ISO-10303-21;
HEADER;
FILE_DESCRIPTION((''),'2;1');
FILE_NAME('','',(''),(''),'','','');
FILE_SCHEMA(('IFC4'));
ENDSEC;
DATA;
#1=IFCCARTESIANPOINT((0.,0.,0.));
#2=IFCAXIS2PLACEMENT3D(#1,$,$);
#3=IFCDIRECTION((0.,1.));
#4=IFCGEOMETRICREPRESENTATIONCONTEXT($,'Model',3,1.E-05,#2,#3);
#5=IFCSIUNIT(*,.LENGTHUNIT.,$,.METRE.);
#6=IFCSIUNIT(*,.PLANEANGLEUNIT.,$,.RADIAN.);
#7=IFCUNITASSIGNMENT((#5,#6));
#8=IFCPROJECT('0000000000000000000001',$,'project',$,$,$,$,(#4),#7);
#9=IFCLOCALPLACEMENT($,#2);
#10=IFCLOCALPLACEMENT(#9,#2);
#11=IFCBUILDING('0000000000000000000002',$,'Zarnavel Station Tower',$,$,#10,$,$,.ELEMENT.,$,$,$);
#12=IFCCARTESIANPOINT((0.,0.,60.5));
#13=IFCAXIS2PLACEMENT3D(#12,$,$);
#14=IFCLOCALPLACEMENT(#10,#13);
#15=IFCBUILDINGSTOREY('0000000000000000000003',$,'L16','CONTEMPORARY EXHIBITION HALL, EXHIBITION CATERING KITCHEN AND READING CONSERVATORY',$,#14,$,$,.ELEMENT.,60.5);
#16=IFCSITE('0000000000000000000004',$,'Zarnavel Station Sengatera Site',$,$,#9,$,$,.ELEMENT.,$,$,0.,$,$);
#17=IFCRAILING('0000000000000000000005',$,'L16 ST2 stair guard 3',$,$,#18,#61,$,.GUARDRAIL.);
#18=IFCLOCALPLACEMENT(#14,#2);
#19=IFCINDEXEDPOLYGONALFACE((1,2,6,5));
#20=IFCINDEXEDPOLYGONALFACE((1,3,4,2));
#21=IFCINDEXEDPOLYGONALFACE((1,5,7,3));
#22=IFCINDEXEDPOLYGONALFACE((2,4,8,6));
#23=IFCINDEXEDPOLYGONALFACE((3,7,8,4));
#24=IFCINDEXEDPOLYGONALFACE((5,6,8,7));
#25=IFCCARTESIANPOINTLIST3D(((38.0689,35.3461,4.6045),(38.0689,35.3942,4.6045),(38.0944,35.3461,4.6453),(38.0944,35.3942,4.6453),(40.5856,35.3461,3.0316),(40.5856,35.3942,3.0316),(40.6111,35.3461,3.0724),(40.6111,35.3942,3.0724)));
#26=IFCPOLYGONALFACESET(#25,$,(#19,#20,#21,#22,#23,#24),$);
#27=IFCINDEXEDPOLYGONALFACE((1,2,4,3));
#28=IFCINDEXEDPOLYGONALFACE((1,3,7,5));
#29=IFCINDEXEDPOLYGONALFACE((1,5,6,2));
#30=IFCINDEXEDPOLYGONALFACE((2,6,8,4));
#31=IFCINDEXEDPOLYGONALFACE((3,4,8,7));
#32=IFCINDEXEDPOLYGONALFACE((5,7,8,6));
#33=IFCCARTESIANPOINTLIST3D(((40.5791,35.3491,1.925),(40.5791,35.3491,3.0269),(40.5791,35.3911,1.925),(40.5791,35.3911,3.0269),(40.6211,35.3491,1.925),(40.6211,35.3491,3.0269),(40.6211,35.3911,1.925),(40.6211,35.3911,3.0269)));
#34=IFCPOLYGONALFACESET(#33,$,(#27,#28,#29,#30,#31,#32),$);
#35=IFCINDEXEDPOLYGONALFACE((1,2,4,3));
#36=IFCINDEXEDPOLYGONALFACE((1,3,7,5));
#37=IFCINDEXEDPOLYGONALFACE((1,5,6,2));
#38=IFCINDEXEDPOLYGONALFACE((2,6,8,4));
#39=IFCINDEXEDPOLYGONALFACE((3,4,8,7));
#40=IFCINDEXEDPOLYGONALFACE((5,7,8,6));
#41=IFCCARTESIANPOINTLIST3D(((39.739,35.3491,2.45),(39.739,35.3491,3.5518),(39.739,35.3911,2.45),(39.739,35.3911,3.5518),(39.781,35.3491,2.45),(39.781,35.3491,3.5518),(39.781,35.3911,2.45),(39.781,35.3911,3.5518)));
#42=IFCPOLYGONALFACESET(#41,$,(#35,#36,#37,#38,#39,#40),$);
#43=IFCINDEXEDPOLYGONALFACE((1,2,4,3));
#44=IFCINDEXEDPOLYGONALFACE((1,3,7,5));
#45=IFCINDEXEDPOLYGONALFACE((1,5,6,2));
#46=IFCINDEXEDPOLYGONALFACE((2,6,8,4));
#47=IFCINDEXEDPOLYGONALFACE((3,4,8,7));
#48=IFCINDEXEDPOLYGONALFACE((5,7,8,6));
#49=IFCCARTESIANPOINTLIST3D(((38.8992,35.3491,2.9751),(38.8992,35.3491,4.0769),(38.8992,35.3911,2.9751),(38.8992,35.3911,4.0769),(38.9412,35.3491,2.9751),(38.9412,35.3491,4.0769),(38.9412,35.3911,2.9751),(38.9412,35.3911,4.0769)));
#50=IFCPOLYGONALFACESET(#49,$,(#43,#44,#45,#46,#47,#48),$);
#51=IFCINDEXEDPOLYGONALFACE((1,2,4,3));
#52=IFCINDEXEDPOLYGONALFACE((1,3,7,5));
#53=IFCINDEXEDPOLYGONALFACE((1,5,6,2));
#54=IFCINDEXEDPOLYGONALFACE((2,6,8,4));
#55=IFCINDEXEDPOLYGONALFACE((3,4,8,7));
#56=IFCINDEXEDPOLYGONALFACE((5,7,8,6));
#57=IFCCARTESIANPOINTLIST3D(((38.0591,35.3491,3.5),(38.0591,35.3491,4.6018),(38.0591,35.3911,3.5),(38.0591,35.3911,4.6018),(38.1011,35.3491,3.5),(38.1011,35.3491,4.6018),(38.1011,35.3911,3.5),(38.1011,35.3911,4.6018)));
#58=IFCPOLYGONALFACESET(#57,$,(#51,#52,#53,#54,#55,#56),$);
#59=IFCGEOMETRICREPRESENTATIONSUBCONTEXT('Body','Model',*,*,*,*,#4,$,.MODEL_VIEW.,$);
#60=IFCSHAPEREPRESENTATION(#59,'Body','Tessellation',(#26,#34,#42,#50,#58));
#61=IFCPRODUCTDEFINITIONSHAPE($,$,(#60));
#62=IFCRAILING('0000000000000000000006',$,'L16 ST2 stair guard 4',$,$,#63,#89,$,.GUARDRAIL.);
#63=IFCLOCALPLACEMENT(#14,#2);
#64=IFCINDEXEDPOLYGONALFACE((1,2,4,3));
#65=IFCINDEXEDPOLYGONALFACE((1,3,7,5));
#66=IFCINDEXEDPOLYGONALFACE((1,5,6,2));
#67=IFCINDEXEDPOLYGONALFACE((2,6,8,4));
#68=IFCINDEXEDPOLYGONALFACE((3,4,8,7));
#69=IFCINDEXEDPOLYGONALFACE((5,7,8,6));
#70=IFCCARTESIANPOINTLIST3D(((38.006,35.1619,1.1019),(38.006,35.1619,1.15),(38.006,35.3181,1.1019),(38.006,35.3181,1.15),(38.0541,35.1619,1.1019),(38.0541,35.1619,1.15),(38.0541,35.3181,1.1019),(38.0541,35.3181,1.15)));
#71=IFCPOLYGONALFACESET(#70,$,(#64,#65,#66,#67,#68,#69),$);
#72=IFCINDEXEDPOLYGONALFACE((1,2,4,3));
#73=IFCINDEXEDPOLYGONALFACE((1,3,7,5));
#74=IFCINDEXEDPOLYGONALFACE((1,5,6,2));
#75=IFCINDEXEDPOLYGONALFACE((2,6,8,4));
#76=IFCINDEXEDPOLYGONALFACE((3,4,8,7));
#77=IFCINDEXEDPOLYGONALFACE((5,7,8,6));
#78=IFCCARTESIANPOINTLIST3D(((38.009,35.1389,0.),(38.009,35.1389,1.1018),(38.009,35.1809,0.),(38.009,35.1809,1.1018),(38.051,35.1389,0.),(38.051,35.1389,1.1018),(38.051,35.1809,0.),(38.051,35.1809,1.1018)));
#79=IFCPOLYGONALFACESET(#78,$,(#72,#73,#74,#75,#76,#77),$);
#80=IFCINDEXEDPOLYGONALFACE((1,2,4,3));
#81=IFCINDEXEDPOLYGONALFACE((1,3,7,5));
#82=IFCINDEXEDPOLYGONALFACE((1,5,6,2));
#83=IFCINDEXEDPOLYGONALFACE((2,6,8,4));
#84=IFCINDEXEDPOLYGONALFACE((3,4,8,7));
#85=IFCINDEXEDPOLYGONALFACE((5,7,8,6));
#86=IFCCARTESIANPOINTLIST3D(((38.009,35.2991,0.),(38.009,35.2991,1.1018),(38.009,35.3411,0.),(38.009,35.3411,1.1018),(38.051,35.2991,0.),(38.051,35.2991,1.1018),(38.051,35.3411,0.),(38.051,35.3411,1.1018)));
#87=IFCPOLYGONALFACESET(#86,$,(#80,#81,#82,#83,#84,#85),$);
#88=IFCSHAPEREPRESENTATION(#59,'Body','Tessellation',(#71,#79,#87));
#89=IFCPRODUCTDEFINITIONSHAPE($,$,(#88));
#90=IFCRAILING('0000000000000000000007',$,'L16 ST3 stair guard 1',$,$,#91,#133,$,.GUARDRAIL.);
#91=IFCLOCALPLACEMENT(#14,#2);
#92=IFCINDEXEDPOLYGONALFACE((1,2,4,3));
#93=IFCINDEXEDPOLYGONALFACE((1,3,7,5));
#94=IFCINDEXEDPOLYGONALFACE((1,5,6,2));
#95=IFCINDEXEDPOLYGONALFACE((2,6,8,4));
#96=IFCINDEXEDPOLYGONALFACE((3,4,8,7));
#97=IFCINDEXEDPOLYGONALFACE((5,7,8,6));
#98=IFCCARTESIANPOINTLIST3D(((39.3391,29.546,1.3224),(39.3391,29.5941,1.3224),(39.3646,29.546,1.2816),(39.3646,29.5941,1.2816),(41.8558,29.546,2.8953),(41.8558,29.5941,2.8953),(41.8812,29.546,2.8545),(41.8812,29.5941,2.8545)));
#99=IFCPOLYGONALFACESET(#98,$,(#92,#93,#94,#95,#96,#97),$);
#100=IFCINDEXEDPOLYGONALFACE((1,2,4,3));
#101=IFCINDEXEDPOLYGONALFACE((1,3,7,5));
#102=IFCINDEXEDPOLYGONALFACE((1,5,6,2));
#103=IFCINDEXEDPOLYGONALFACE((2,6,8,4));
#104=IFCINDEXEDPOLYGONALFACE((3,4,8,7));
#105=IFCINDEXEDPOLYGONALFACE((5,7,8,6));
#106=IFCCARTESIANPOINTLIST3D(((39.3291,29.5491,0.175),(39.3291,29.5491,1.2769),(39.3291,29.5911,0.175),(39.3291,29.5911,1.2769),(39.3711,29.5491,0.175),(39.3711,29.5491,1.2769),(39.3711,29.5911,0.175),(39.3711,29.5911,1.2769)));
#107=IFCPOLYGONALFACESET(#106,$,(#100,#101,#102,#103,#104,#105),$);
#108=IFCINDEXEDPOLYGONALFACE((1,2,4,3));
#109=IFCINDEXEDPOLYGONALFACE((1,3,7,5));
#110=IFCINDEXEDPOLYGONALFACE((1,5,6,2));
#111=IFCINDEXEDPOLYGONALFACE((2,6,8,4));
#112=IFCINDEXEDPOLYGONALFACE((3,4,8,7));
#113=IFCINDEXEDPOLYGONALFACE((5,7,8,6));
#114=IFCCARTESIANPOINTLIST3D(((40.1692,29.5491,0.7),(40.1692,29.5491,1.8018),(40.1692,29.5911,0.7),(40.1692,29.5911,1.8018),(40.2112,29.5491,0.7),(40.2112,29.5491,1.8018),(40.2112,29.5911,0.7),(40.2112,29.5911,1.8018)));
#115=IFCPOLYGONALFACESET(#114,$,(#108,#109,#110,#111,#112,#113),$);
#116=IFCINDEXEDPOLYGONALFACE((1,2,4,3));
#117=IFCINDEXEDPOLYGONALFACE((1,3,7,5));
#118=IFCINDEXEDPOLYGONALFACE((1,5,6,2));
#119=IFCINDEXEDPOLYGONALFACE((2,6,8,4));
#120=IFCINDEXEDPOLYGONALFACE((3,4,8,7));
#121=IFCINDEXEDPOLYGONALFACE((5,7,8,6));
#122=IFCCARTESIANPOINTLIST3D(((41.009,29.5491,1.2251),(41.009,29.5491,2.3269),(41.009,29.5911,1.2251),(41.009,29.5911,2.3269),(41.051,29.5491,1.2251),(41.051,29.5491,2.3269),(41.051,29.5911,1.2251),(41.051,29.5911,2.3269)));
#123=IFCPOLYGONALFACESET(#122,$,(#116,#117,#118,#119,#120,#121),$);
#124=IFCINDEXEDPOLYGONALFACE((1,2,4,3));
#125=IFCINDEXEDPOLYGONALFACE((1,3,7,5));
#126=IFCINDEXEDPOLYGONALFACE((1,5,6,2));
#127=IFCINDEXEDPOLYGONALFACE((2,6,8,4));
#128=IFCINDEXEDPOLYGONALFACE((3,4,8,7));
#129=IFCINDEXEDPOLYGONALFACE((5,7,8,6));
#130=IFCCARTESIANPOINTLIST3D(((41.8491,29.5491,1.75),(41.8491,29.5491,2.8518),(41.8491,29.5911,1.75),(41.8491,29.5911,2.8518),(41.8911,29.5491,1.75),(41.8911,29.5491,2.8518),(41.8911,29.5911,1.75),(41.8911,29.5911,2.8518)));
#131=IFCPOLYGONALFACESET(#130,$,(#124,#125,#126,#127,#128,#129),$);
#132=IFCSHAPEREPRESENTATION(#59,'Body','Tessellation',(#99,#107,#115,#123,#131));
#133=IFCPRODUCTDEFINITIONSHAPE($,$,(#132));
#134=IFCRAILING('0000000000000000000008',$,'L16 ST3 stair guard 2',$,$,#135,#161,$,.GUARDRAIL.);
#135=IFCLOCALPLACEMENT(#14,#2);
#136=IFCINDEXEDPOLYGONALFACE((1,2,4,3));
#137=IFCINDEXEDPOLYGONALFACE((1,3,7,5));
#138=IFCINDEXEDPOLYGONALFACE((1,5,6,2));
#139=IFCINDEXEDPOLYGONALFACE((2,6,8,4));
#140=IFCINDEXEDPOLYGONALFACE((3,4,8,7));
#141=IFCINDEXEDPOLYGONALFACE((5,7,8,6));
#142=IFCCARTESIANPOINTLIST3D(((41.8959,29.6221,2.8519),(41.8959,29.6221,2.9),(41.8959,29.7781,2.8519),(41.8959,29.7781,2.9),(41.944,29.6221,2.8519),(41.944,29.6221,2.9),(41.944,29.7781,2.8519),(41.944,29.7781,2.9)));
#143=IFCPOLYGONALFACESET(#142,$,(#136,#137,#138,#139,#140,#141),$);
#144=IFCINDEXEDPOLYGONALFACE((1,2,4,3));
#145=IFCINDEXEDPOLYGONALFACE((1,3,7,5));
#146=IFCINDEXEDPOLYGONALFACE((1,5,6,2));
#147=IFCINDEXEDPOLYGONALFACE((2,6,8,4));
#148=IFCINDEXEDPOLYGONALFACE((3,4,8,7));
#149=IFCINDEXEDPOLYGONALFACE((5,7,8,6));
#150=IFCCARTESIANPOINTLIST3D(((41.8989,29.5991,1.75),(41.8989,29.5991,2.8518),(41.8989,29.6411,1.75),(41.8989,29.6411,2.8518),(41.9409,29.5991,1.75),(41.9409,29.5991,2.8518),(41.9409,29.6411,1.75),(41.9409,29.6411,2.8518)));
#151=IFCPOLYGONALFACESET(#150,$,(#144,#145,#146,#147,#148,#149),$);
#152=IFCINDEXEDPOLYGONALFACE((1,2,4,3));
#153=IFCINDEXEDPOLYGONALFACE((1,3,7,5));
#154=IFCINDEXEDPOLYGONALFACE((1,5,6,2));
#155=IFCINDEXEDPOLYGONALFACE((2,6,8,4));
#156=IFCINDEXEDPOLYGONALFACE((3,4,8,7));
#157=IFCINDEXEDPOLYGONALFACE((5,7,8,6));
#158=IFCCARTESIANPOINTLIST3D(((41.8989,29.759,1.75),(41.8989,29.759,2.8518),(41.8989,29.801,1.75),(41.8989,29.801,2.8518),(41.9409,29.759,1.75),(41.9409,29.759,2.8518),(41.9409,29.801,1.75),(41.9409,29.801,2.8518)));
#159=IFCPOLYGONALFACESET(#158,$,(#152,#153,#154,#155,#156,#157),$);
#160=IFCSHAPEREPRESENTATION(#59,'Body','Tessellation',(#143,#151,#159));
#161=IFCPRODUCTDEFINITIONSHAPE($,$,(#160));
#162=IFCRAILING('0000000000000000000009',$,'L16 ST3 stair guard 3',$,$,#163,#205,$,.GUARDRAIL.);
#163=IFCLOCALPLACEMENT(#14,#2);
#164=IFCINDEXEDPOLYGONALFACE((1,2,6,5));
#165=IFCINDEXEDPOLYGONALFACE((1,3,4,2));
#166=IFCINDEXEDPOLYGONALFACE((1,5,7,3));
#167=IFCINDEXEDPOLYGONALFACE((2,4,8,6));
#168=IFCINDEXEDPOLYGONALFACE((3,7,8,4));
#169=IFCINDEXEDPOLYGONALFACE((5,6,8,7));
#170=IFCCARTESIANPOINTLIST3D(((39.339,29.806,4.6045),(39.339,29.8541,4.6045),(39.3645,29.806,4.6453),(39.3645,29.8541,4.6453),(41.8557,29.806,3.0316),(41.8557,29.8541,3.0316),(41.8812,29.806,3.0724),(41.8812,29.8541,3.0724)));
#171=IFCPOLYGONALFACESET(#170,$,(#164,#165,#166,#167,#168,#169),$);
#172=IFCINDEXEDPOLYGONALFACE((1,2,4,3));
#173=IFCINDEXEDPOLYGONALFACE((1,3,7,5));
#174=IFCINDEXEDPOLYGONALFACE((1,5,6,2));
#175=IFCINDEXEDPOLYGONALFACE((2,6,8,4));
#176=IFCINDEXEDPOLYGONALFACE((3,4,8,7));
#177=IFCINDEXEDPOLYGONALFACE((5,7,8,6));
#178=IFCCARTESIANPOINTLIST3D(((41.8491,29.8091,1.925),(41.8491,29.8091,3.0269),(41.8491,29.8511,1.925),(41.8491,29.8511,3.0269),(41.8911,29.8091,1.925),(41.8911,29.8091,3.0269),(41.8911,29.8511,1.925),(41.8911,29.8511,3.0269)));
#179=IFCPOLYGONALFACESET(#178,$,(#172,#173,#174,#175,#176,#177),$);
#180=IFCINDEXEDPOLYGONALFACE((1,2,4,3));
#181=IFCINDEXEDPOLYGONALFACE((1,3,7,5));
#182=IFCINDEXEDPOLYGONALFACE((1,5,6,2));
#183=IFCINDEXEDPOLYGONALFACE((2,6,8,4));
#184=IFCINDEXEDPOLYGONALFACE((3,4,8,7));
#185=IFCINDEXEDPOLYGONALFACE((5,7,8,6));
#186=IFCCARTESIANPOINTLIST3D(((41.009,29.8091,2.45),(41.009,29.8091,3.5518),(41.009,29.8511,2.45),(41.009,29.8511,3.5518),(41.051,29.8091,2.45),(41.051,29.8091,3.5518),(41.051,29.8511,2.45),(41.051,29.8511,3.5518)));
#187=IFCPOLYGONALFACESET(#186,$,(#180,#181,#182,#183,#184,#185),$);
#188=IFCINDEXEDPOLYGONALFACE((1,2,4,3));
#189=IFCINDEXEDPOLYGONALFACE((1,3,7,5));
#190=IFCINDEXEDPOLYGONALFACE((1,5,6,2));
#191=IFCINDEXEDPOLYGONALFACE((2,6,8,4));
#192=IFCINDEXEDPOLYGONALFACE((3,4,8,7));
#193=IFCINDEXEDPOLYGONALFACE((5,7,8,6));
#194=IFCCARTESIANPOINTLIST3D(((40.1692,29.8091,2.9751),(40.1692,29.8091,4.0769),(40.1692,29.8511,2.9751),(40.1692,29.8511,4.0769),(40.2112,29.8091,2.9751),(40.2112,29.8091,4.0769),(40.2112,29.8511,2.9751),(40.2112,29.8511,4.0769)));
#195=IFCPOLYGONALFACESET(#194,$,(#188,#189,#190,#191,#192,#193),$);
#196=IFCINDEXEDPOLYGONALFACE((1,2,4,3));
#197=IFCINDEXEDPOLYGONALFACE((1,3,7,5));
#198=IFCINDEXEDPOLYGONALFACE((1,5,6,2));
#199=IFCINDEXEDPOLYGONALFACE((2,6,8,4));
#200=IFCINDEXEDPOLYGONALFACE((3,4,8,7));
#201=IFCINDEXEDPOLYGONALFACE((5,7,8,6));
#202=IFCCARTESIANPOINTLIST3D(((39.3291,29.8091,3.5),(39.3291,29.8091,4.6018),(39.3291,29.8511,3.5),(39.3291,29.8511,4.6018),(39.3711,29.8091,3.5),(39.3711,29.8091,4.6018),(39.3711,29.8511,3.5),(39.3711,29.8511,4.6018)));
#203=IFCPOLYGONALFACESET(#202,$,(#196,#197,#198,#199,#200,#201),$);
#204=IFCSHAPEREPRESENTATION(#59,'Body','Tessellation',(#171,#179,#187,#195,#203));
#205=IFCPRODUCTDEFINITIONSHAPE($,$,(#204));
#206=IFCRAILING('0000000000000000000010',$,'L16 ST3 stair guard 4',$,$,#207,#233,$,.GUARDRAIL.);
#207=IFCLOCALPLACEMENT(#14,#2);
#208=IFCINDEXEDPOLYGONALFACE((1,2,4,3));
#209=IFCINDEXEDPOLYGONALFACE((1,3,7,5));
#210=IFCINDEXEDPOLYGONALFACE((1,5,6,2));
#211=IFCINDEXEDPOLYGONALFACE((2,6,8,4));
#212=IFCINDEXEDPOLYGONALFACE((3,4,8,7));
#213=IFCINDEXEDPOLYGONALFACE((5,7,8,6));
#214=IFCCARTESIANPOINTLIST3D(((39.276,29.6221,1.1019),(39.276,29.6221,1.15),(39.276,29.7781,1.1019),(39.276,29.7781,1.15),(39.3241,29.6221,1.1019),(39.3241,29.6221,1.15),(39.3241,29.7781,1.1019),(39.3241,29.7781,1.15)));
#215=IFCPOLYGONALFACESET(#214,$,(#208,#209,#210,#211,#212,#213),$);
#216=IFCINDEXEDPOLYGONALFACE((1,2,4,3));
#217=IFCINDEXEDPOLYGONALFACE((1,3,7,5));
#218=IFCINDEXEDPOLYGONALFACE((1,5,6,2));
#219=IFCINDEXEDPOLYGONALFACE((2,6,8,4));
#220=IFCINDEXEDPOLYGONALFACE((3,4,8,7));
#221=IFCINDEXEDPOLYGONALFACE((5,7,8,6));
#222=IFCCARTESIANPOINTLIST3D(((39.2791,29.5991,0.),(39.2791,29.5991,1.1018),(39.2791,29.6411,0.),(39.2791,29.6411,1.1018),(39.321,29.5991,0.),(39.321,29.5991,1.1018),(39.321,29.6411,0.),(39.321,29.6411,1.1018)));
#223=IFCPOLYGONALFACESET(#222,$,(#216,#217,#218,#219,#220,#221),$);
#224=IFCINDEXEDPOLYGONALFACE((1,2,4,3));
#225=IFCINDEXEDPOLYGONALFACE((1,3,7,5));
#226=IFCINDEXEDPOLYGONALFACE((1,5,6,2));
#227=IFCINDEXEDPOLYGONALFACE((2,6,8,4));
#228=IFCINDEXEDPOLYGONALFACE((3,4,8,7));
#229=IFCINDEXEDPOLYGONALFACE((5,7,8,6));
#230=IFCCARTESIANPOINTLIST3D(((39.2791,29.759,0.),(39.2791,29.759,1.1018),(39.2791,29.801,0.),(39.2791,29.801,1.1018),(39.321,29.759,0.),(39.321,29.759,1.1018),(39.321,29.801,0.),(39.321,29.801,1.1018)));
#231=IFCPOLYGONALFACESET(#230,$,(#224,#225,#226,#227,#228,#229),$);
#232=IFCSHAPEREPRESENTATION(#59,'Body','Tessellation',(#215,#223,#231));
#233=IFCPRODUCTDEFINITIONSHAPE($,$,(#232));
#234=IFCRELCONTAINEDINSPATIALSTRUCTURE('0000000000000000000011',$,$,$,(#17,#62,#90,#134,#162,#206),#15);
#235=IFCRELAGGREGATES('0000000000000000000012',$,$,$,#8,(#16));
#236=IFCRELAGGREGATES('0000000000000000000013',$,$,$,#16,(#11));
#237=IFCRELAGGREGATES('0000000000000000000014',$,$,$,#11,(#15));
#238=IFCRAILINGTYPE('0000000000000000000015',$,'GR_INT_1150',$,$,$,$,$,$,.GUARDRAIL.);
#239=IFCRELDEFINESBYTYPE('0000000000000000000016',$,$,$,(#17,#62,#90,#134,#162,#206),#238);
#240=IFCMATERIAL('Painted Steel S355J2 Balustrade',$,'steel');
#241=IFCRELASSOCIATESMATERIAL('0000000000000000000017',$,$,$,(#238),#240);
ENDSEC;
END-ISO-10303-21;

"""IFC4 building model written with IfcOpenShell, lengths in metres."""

from ifc_helpers import new_model, si_unit, direction, frame, origin, origin_2d, place, context, subcontext, project, spatial, rectangle, extrude, material, type_object, element, save


model = new_model("IFC4")

# Units and contexts
model_context = context("Model", 3, precision=1e-05, world=origin(), true_north=direction((0.0, 1.0)))
body_context = subcontext(model_context, "Body", "Model", "MODEL_VIEW")
ifc_project = project(units=[si_unit("LENGTHUNIT", "METRE"), si_unit("PLANEANGLEUNIT", "RADIAN")], contexts=[model_context])

# Site, building, storey
site_placement = place(None, origin())
site = spatial("IfcSite", under=ifc_project, at=site_placement, Name="Zarnavel Station Sengatera Site", CompositionType="ELEMENT", RefElevation=0.0)
building_placement = place(site_placement, origin())
building = spatial("IfcBuilding", under=site, at=building_placement, Name="Zarnavel Station Tower", CompositionType="ELEMENT")
storey_placement = place(building_placement, frame((0.0, 0.0, 60.5)))
storey = spatial("IfcBuildingStorey", under=building, at=storey_placement, Name="L16", Description="CONTEMPORARY EXHIBITION HALL, EXHIBITION CATERING KITCHEN AND READING CONSERVATORY", CompositionType="ELEMENT", Elevation=60.5)

# Railings
ifc_material_1 = material(Name="Painted Steel S355J2 Balustrade", Category="steel")
railing_type_1 = type_object("IfcRailingType", Name="GR_INT_1150", PredefinedType="GUARDRAIL", material=ifc_material_1)
railing_1_placement = place(storey_placement, frame((40.6001, 35.3701, 1.925)))
element("IfcRailing", 1, at=railing_1_placement, inside=storey, type_object=railing_type_1, Name="L16 ST2 stair guard 3", PredefinedType="GUARDRAIL", context=body_context, shape_type="SweptSolid", body=[
    extrude(rectangle(XDim=0.0481, YDim=0.0481, at=origin_2d()), frame((-0.0017, 0.0, 1.127), z_axis=(-0.848008, 0.0, 0.529984), x_axis=(0.0, -1.0, 0.0)), (0.0, 0.0, 1.0), 2.9678),
    extrude(rectangle(XDim=0.042, YDim=0.042, at=origin_2d()), origin(), (0.0, 0.0, 1.0), 1.1018),
    extrude(rectangle(XDim=0.042, YDim=0.042, at=origin_2d()), frame((-0.8401, 0.0, 0.5249)), (0.0, 0.0, 1.0), 1.1018),
    extrude(rectangle(XDim=0.042, YDim=0.042, at=origin_2d()), frame((-1.6799, 0.0, 1.05)), (0.0, 0.0, 1.0), 1.1018),
    extrude(rectangle(XDim=0.042, YDim=0.042, at=origin_2d()), frame((-2.52, 0.0, 1.575)), (0.0, 0.0, 1.0), 1.1018),
])
railing_2_placement = place(storey_placement, frame((38.03, 35.1599, 0.0)))
element("IfcRailing", 2, at=railing_2_placement, inside=storey, type_object=railing_type_1, Name="L16 ST2 stair guard 4", PredefinedType="GUARDRAIL", context=body_context, shape_type="SweptSolid", body=[
    extrude(rectangle(XDim=0.0481, YDim=0.0481, at=origin_2d()), frame((0.0, 0.002, 1.126), z_axis=(0.0, 1.0, 0.0), x_axis=(-1.0, 0.0, 0.0)), (0.0, 0.0, 1.0), 0.1562),
    extrude(rectangle(XDim=0.042, YDim=0.042, at=origin_2d()), origin(), (0.0, 0.0, 1.0), 1.1018),
    extrude(rectangle(XDim=0.042, YDim=0.042, at=origin_2d()), frame((0.0, 0.1602, 0.0)), (0.0, 0.0, 1.0), 1.1018),
])
railing_3_placement = place(storey_placement, frame((39.3501, 29.5701, 0.175)))
element("IfcRailing", 3, at=railing_3_placement, inside=storey, type_object=railing_type_1, Name="L16 ST3 stair guard 1", PredefinedType="GUARDRAIL", context=body_context, shape_type="SweptSolid", body=[
    extrude(rectangle(XDim=0.0481, YDim=0.0481, at=origin_2d()), frame((0.0017, 0.0, 1.127), z_axis=(0.848008, 0.0, 0.529984), x_axis=(0.0, 1.0, 0.0)), (0.0, 0.0, 1.0), 2.9678),
    extrude(rectangle(XDim=0.042, YDim=0.042, at=origin_2d()), origin(), (0.0, 0.0, 1.0), 1.1018),
    extrude(rectangle(XDim=0.042, YDim=0.042, at=origin_2d()), frame((0.8401, 0.0, 0.5249)), (0.0, 0.0, 1.0), 1.1018),
    extrude(rectangle(XDim=0.042, YDim=0.042, at=origin_2d()), frame((1.6799, 0.0, 1.05)), (0.0, 0.0, 1.0), 1.1018),
    extrude(rectangle(XDim=0.042, YDim=0.042, at=origin_2d()), frame((2.52, 0.0, 1.575)), (0.0, 0.0, 1.0), 1.1018),
])
railing_4_placement = place(storey_placement, frame((41.9199, 29.6201, 1.75)))
element("IfcRailing", 4, at=railing_4_placement, inside=storey, type_object=railing_type_1, Name="L16 ST3 stair guard 2", PredefinedType="GUARDRAIL", context=body_context, shape_type="SweptSolid", body=[
    extrude(rectangle(XDim=0.0481, YDim=0.0481, at=origin_2d()), frame((0.0, 0.002, 1.126), z_axis=(0.0, 1.0, 0.0), x_axis=(-1.0, 0.0, 0.0)), (0.0, 0.0, 1.0), 0.156),
    extrude(rectangle(XDim=0.042, YDim=0.042, at=origin_2d()), origin(), (0.0, 0.0, 1.0), 1.1018),
    extrude(rectangle(XDim=0.042, YDim=0.042, at=origin_2d()), frame((0.0, 0.1599, 0.0)), (0.0, 0.0, 1.0), 1.1018),
])
railing_5_placement = place(storey_placement, frame((41.8701, 29.8301, 1.925)))
element("IfcRailing", 5, at=railing_5_placement, inside=storey, type_object=railing_type_1, Name="L16 ST3 stair guard 3", PredefinedType="GUARDRAIL", context=body_context, shape_type="SweptSolid", body=[
    extrude(rectangle(XDim=0.0481, YDim=0.0481, at=origin_2d()), frame((-0.0017, 0.0, 1.127), z_axis=(-0.848008, 0.0, 0.529984), x_axis=(0.0, -1.0, 0.0)), (0.0, 0.0, 1.0), 2.9678),
    extrude(rectangle(XDim=0.042, YDim=0.042, at=origin_2d()), origin(), (0.0, 0.0, 1.0), 1.1018),
    extrude(rectangle(XDim=0.042, YDim=0.042, at=origin_2d()), frame((-0.8401, 0.0, 0.5249)), (0.0, 0.0, 1.0), 1.1018),
    extrude(rectangle(XDim=0.042, YDim=0.042, at=origin_2d()), frame((-1.6799, 0.0, 1.05)), (0.0, 0.0, 1.0), 1.1018),
    extrude(rectangle(XDim=0.042, YDim=0.042, at=origin_2d()), frame((-2.52, 0.0, 1.575)), (0.0, 0.0, 1.0), 1.1018),
])
railing_6_placement = place(storey_placement, frame((39.3, 29.6201, 0.0)))
element("IfcRailing", 6, at=railing_6_placement, inside=storey, type_object=railing_type_1, Name="L16 ST3 stair guard 4", PredefinedType="GUARDRAIL", context=body_context, shape_type="SweptSolid", body=[
    extrude(rectangle(XDim=0.0481, YDim=0.0481, at=origin_2d()), frame((0.0, 0.002, 1.126), z_axis=(0.0, 1.0, 0.0), x_axis=(-1.0, 0.0, 0.0)), (0.0, 0.0, 1.0), 0.156),
    extrude(rectangle(XDim=0.042, YDim=0.042, at=origin_2d()), origin(), (0.0, 0.0, 1.0), 1.1018),
    extrude(rectangle(XDim=0.042, YDim=0.042, at=origin_2d()), frame((0.0, 0.1599, 0.0)), (0.0, 0.0, 1.0), 1.1018),
])

save(model, "model.ifc")
